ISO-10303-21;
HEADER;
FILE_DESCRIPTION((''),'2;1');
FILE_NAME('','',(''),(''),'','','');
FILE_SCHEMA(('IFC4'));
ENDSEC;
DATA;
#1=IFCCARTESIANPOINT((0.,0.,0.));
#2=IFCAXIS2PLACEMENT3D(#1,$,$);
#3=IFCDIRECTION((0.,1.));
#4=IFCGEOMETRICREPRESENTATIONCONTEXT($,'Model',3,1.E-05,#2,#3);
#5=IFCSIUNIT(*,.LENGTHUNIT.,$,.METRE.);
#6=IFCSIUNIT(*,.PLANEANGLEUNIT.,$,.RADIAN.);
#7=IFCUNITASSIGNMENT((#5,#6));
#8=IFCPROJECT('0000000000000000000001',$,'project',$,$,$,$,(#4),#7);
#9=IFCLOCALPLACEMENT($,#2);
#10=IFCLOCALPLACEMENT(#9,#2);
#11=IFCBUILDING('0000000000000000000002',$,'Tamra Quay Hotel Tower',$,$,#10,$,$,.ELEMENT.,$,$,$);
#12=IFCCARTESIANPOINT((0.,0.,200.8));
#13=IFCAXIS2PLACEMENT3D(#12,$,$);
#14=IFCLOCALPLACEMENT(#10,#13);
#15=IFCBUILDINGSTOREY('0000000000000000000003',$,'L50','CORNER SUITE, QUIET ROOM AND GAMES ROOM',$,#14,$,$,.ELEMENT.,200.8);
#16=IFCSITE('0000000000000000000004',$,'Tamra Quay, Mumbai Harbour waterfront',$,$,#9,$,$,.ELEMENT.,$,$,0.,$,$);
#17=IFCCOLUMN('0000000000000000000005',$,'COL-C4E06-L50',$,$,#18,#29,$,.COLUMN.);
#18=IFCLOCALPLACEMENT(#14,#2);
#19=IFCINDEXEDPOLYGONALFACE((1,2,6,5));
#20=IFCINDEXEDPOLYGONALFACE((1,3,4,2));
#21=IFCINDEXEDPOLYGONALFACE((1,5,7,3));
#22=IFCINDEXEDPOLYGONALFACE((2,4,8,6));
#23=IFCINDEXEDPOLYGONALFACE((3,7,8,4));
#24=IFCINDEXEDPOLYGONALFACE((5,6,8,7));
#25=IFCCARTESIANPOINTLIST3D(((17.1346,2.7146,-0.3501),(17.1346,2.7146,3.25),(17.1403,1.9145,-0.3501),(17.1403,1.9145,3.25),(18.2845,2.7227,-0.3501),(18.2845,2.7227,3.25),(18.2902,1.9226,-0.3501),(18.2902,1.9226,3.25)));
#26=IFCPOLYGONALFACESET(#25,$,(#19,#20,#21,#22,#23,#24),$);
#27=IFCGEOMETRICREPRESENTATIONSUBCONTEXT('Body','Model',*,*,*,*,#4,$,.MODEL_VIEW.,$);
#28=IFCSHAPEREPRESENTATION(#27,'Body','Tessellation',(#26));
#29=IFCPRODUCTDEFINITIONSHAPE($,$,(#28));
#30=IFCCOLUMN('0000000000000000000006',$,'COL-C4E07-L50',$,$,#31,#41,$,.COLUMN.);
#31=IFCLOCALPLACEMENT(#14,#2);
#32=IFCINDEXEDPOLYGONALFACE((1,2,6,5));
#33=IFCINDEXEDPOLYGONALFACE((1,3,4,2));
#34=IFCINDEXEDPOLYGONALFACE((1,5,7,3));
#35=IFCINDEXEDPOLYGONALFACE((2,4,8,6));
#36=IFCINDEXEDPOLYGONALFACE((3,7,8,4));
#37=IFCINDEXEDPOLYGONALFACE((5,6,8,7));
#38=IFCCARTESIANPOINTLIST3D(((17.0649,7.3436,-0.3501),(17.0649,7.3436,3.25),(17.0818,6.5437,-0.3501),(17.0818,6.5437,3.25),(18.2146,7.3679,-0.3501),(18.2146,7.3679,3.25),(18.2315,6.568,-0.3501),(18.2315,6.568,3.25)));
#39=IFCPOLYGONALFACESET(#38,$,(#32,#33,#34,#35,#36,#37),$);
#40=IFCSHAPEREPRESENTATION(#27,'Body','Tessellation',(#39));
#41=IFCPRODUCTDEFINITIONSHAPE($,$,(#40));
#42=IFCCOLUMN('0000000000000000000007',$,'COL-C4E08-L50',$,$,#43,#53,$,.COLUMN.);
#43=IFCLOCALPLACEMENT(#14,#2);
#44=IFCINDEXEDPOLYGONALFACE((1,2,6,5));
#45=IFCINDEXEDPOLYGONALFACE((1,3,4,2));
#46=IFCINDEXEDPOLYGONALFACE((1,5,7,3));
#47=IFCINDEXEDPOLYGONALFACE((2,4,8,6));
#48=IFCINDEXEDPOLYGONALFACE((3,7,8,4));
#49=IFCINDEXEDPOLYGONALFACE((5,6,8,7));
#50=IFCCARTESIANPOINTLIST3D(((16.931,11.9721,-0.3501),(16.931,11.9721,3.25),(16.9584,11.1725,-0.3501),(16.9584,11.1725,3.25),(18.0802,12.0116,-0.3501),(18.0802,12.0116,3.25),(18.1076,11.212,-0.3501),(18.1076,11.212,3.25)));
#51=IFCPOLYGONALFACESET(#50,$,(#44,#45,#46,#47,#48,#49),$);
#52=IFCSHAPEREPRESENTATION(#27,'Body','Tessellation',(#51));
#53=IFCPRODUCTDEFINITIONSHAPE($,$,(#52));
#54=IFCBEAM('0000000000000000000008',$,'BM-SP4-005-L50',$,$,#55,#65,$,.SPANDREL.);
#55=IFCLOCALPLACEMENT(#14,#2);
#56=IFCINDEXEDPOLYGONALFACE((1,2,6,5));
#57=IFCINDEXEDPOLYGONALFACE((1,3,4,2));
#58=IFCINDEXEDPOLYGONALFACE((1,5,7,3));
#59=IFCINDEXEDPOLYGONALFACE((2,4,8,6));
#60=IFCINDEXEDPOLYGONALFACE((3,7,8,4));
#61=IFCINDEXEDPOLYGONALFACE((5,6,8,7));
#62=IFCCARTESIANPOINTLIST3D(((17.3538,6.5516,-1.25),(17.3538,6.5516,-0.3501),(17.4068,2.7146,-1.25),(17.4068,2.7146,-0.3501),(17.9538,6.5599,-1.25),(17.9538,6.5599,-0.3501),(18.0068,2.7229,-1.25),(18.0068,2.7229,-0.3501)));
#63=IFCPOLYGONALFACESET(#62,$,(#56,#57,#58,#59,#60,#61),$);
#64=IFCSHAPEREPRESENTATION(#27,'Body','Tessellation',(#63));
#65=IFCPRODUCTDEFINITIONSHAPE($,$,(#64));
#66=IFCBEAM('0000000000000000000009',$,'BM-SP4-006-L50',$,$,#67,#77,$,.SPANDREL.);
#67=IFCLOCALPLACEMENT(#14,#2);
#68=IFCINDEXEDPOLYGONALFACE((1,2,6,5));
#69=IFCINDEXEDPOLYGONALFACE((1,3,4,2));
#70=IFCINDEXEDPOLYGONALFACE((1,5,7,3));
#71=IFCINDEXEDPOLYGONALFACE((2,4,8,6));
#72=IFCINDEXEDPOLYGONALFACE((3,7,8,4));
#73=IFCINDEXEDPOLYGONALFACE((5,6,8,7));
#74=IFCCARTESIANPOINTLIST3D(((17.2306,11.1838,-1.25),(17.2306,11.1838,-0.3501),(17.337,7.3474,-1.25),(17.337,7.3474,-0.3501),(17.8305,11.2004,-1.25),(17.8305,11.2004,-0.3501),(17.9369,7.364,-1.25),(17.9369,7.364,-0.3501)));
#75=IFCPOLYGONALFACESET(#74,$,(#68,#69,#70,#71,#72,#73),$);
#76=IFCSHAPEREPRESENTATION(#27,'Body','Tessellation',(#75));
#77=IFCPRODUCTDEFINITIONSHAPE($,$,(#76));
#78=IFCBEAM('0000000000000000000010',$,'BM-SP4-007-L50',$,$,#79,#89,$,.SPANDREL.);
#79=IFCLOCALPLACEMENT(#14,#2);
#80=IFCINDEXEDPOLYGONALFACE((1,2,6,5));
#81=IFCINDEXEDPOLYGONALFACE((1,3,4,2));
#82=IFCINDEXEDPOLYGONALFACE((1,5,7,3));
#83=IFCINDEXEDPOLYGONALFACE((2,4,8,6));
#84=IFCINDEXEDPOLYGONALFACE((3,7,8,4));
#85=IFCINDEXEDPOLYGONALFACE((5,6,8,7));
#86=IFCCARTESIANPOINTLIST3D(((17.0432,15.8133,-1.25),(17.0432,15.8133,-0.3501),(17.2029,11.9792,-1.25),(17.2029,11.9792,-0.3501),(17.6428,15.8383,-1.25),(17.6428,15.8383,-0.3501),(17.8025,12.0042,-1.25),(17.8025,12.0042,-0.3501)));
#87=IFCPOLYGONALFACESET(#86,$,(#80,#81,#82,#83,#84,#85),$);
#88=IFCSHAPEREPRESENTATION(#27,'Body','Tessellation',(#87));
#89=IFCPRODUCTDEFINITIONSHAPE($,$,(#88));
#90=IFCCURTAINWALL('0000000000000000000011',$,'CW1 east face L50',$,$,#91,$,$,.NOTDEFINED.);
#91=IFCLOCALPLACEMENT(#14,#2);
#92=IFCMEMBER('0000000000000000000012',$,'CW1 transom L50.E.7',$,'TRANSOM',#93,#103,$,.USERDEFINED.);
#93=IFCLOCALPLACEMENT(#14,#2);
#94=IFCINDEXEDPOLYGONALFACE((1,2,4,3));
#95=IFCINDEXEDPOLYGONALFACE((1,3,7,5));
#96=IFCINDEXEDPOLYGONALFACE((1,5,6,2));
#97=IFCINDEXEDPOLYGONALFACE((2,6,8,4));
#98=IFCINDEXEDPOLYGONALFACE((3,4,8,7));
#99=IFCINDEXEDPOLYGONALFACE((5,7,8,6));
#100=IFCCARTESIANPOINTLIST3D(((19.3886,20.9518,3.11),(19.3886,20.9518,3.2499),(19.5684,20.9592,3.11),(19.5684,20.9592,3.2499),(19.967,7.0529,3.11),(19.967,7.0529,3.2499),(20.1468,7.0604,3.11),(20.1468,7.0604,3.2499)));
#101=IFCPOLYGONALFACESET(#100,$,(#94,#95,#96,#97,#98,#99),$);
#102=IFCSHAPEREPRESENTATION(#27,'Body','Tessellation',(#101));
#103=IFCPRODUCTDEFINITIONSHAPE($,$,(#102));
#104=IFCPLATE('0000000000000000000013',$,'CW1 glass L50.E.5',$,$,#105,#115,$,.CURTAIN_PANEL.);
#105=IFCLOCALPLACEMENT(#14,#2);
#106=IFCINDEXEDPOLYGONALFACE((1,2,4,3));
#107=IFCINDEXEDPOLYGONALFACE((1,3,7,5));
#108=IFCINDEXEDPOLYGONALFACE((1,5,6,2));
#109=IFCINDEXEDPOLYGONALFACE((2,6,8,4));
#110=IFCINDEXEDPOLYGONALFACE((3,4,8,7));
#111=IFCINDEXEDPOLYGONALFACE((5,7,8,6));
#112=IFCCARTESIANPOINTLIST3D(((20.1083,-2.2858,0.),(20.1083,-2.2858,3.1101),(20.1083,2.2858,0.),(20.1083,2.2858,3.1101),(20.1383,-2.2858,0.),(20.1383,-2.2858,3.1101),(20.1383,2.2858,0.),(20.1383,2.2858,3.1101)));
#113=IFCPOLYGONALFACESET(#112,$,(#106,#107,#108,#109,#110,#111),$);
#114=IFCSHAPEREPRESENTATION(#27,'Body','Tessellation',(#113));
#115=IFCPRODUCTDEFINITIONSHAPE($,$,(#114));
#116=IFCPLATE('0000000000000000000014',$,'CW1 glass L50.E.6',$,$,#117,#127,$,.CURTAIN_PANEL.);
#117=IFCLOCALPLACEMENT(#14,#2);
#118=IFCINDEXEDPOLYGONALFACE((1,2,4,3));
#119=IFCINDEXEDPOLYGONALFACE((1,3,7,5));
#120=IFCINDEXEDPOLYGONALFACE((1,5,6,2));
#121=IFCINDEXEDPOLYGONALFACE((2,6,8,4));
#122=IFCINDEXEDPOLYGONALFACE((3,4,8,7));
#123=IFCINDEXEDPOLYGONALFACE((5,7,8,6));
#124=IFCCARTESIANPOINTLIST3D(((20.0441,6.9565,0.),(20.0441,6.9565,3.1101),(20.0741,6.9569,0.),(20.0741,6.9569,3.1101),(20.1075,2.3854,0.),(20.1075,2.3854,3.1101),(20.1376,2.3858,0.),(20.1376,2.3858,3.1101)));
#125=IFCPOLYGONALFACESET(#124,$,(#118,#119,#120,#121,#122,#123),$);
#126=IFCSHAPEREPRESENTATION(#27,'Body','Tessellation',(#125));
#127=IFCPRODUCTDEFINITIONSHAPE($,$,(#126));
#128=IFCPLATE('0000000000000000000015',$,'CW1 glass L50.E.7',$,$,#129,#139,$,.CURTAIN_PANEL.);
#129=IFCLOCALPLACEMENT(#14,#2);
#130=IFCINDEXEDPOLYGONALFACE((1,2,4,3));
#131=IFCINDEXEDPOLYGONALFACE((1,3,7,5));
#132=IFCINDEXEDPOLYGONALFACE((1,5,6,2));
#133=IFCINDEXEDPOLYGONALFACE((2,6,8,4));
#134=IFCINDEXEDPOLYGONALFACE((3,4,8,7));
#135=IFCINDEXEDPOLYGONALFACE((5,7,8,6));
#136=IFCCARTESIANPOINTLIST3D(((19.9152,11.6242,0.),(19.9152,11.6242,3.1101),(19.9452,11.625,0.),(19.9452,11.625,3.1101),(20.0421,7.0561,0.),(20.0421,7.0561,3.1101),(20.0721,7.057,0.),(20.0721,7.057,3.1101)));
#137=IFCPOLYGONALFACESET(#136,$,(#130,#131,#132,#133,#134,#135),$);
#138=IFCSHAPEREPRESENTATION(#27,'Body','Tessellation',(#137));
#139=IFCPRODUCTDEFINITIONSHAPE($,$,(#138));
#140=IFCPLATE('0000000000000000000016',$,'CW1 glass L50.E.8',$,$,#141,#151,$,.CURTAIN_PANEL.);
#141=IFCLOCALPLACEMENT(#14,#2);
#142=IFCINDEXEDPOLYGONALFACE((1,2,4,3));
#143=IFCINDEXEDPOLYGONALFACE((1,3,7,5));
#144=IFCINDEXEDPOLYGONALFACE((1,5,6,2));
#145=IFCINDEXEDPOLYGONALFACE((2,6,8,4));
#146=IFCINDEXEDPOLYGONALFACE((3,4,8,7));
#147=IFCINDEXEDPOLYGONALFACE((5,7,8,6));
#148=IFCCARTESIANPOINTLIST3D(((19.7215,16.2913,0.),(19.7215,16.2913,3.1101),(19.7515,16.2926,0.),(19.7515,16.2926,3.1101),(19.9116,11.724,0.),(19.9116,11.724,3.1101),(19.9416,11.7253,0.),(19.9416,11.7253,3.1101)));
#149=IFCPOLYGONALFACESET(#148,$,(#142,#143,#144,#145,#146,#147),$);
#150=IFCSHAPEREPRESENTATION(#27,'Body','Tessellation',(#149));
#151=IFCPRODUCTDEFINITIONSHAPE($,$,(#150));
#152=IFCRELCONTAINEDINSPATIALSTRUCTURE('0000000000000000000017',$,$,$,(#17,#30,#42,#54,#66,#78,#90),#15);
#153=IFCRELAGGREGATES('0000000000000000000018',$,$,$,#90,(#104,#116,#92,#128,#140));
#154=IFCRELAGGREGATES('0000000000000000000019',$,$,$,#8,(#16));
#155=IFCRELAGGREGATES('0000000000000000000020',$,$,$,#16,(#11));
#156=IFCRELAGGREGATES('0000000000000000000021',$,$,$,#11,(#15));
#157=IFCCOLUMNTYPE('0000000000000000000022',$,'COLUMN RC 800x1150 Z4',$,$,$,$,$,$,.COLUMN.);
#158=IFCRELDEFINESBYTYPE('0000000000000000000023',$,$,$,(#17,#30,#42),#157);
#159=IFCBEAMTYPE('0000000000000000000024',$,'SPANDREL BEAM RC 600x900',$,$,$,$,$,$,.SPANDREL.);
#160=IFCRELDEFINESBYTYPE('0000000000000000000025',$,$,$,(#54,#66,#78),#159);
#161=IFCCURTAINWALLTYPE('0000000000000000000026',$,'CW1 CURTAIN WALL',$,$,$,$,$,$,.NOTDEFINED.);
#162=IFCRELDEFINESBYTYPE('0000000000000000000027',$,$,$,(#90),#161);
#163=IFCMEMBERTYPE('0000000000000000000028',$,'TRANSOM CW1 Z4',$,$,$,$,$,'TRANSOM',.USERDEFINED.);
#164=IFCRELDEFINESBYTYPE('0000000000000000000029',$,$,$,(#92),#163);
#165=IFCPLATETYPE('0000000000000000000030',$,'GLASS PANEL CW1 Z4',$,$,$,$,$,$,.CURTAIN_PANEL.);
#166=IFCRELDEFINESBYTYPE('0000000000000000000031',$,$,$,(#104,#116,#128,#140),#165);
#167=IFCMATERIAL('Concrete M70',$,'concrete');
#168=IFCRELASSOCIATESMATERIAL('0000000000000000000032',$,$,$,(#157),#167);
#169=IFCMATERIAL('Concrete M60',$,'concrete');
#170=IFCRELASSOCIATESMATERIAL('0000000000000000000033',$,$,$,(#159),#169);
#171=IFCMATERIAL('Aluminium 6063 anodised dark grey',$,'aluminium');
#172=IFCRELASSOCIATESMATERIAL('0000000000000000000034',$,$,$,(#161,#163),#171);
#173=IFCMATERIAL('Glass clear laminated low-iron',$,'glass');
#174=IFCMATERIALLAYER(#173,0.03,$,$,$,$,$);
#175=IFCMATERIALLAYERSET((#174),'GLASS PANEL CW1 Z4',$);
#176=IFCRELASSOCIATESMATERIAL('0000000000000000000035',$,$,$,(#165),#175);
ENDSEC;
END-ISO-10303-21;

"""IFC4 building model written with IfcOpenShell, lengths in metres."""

from ifc_helpers import new_model, si_unit, direction, frame, origin, origin_2d, place, context, subcontext, project, spatial, rectangle, extrude, material, layer, layer_set, material_profile, profile_set, type_object, element, aggregate, save


model = new_model("IFC4")

# Units and contexts
model_context = context("Model", 3, precision=1e-05, world=origin(), true_north=direction((0.0, 1.0)))
body_context = subcontext(model_context, "Body", "Model", "MODEL_VIEW")
ifc_project = project(units=[si_unit("LENGTHUNIT", "METRE"), si_unit("PLANEANGLEUNIT", "RADIAN")], contexts=[model_context])

# Site, building, storey
site_placement = place(None, origin())
site = spatial("IfcSite", under=ifc_project, at=site_placement, Name="Tamra Quay, Mumbai Harbour waterfront", CompositionType="ELEMENT", RefElevation=0.0)
building_placement = place(site_placement, origin())
building = spatial("IfcBuilding", under=site, at=building_placement, Name="Tamra Quay Hotel Tower", CompositionType="ELEMENT")
storey_placement = place(building_placement, frame((0.0, 0.0, 200.8)))
storey = spatial("IfcBuildingStorey", under=building, at=storey_placement, Name="L50", Description="CORNER SUITE, QUIET ROOM AND GAMES ROOM", CompositionType="ELEMENT", Elevation=200.8)

# Columns
ifc_material_1 = material(Name="Concrete M70", Category="concrete")
ifc_material_profile_1 = material_profile(ifc_material_1, rectangle(XDim=1.1499, YDim=0.8, at=origin_2d()), Name="COLUMN RC 800x1150 Z4")
ifc_profile_set_1 = profile_set([ifc_material_profile_1], Name="Concrete M70")
column_type = type_object("IfcColumnType", Name="COLUMN RC 800x1150 Z4", PredefinedType="COLUMN", material=ifc_profile_set_1)
for number, where, z_axis, x_axis, name in (
    (1, (17.7124, 2.3186, -0.3501), (0.0, 0.0, 1.0), (0.999975, 0.007041, 0.0), "COL-C4E06-L50"),
    (2, (17.6482, 6.9558, -0.3501), (0.0, 0.0, 1.0), (0.999777, 0.021115, 0.0), "COL-C4E07-L50"),
    (3, (17.5193, 11.592, -0.3501), (0.0, 0.0, 1.0), (0.999412, 0.034299, 0.0), "COL-C4E08-L50"),
):
    element("IfcColumn", number, at=place(storey_placement, frame(where, z_axis=z_axis, x_axis=x_axis)), inside=storey, type_object=column_type, Name=name, PredefinedType="COLUMN", context=body_context, shape_type="SweptSolid", body=[
        extrude(rectangle(XDim=1.1499, YDim=0.8, at=origin_2d()), origin(), (0.0, 0.0, 1.0), 3.6001),
    ])

# Beams
ifc_material_2 = material(Name="Concrete M60", Category="concrete")
ifc_material_profile_2 = material_profile(ifc_material_2, rectangle(XDim=0.6001, YDim=0.8999, at=origin_2d()), Name="SPANDREL BEAM RC 600x900")
ifc_profile_set_2 = profile_set([ifc_material_profile_2], Name="Concrete M60")
beam_type = type_object("IfcBeamType", Name="SPANDREL BEAM RC 600x900", PredefinedType="SPANDREL", material=ifc_profile_set_2)
beam_1_placement = place(storey_placement, frame((17.7068, 2.7188, -0.8), z_axis=(-0.013805, 0.999905, 0.0), x_axis=(-0.999905, -0.013805, 0.0)))
element("IfcBeam", 4, at=beam_1_placement, inside=storey, type_object=beam_type, Name="BM-SP4-005-L50", PredefinedType="SPANDREL", context=body_context, shape_type="SweptSolid", body=[
    extrude(rectangle(XDim=0.6001, YDim=0.8999, at=origin_2d()), origin(), (0.0, 0.0, 1.0), 3.8374),
])
beam_2_placement = place(storey_placement, frame((17.637, 7.3557, -0.8), z_axis=(-0.027735, 0.999615, 0.0), x_axis=(-0.999615, -0.027735, 0.0)))
element("IfcBeam", 5, at=beam_2_placement, inside=storey, type_object=beam_type, Name="BM-SP4-006-L50", PredefinedType="SPANDREL", context=body_context, shape_type="SweptSolid", body=[
    extrude(rectangle(XDim=0.6001, YDim=0.8999, at=origin_2d()), origin(), (0.0, 0.0, 1.0), 3.8379),
])
beam_3_placement = place(storey_placement, frame((17.5027, 11.9917, -0.8), z_axis=(-0.041609, 0.999134, 0.0), x_axis=(-0.999134, -0.041609, 0.0)))
element("IfcBeam", 6, at=beam_3_placement, inside=storey, type_object=beam_type, Name="BM-SP4-007-L50", PredefinedType="SPANDREL", context=body_context, shape_type="SweptSolid", body=[
    extrude(rectangle(XDim=0.6001, YDim=0.8999, at=origin_2d()), origin(), (0.0, 0.0, 1.0), 3.8374),
])

# Curtain wall, member, plates
ifc_material_3 = material(Name="Aluminium 6063 anodised dark grey", Category="aluminium")
curtain_wall_type = type_object("IfcCurtainWallType", Name="CW1 CURTAIN WALL", PredefinedType="NOTDEFINED", material=ifc_material_3)
curtain_wall_placement = place(storey_placement, origin())
curtain_wall = element("IfcCurtainWall", 7, at=curtain_wall_placement, inside=storey, type_object=curtain_wall_type, Name="CW1 east face L50", PredefinedType="NOTDEFINED")
ifc_material_profile_3 = material_profile(ifc_material_3, rectangle(XDim=0.1799, YDim=0.1399, at=origin_2d()), Name="TRANSOM 180X140")
ifc_profile_set_3 = profile_set([ifc_material_profile_3], Name="Aluminium 6063 anodised dark grey")
member_type = type_object("IfcMemberType", Name="TRANSOM CW1 Z4", ElementType="TRANSOM", PredefinedType="USERDEFINED", material=ifc_profile_set_3)
member_placement = place(storey_placement, frame((20.0569, 7.0566, 3.1799), z_axis=(-0.041577, 0.999135, 0.0), x_axis=(-0.999135, -0.041577, 0.0)))
member = element("IfcMember", 8, at=member_placement, type_object=member_type, Name="CW1 transom L50.E.7", ObjectType="TRANSOM", PredefinedType="USERDEFINED", context=body_context, shape_type="SweptSolid", body=[
    extrude(rectangle(XDim=0.1799, YDim=0.1399, at=origin_2d()), origin(), (0.0, 0.0, 1.0), 13.9109),
])
ifc_material_4 = material(Name="Glass clear laminated low-iron", Category="glass")
ifc_layer_1 = layer(ifc_material_4, 0.03)
ifc_layer_set_1 = layer_set([ifc_layer_1], Name="GLASS PANEL CW1 Z4")
plate_type = type_object("IfcPlateType", Name="GLASS PANEL CW1 Z4", PredefinedType="CURTAIN_PANEL", material=ifc_layer_set_1)
plate_1_placement = place(storey_placement, frame((20.1233, 0.0, 0.0), z_axis=(0.0, 0.0, 1.0), x_axis=(0.0, 1.0, 0.0)))
plate_1 = element("IfcPlate", 9, at=plate_1_placement, type_object=plate_type, Name="CW1 glass L50.E.5", PredefinedType="CURTAIN_PANEL", context=body_context, shape_type="SweptSolid", body=[
    extrude(rectangle(XDim=4.5715, YDim=0.03, at=origin_2d()), origin(), (0.0, 0.0, 1.0), 3.1101),
])
plate_2_placement = place(storey_placement, frame((20.0908, 4.6711, 0.0), z_axis=(0.0, 0.0, 1.0), x_axis=(-0.013886, 0.999904, 0.0)))
plate_2 = element("IfcPlate", 10, at=plate_2_placement, type_object=plate_type, Name="CW1 glass L50.E.6", PredefinedType="CURTAIN_PANEL", context=body_context, shape_type="SweptSolid", body=[
    extrude(rectangle(XDim=4.5715, YDim=0.03, at=origin_2d()), origin(), (0.0, 0.0, 1.0), 3.1101),
])
plate_3_placement = place(storey_placement, frame((19.9937, 9.3406, 0.0), z_axis=(0.0, 0.0, 1.0), x_axis=(-0.027754, 0.999615, 0.0)))
plate_3 = element("IfcPlate", 11, at=plate_3_placement, type_object=plate_type, Name="CW1 glass L50.E.7", PredefinedType="CURTAIN_PANEL", context=body_context, shape_type="SweptSolid", body=[
    extrude(rectangle(XDim=4.5698, YDim=0.03, at=origin_2d()), origin(), (0.0, 0.0, 1.0), 3.1101),
])
plate_4_placement = place(storey_placement, frame((19.8315, 14.0083, 0.0), z_axis=(0.0, 0.0, 1.0), x_axis=(-0.041599, 0.999134, 0.0)))
plate_4 = element("IfcPlate", 12, at=plate_4_placement, type_object=plate_type, Name="CW1 glass L50.E.8", PredefinedType="CURTAIN_PANEL", context=body_context, shape_type="SweptSolid", body=[
    extrude(rectangle(XDim=4.5713, YDim=0.03, at=origin_2d()), origin(), (0.0, 0.0, 1.0), 3.1101),
])
aggregate(curtain_wall, [plate_1, plate_2, member, plate_3, plate_4])

save(model, "model.ifc")
